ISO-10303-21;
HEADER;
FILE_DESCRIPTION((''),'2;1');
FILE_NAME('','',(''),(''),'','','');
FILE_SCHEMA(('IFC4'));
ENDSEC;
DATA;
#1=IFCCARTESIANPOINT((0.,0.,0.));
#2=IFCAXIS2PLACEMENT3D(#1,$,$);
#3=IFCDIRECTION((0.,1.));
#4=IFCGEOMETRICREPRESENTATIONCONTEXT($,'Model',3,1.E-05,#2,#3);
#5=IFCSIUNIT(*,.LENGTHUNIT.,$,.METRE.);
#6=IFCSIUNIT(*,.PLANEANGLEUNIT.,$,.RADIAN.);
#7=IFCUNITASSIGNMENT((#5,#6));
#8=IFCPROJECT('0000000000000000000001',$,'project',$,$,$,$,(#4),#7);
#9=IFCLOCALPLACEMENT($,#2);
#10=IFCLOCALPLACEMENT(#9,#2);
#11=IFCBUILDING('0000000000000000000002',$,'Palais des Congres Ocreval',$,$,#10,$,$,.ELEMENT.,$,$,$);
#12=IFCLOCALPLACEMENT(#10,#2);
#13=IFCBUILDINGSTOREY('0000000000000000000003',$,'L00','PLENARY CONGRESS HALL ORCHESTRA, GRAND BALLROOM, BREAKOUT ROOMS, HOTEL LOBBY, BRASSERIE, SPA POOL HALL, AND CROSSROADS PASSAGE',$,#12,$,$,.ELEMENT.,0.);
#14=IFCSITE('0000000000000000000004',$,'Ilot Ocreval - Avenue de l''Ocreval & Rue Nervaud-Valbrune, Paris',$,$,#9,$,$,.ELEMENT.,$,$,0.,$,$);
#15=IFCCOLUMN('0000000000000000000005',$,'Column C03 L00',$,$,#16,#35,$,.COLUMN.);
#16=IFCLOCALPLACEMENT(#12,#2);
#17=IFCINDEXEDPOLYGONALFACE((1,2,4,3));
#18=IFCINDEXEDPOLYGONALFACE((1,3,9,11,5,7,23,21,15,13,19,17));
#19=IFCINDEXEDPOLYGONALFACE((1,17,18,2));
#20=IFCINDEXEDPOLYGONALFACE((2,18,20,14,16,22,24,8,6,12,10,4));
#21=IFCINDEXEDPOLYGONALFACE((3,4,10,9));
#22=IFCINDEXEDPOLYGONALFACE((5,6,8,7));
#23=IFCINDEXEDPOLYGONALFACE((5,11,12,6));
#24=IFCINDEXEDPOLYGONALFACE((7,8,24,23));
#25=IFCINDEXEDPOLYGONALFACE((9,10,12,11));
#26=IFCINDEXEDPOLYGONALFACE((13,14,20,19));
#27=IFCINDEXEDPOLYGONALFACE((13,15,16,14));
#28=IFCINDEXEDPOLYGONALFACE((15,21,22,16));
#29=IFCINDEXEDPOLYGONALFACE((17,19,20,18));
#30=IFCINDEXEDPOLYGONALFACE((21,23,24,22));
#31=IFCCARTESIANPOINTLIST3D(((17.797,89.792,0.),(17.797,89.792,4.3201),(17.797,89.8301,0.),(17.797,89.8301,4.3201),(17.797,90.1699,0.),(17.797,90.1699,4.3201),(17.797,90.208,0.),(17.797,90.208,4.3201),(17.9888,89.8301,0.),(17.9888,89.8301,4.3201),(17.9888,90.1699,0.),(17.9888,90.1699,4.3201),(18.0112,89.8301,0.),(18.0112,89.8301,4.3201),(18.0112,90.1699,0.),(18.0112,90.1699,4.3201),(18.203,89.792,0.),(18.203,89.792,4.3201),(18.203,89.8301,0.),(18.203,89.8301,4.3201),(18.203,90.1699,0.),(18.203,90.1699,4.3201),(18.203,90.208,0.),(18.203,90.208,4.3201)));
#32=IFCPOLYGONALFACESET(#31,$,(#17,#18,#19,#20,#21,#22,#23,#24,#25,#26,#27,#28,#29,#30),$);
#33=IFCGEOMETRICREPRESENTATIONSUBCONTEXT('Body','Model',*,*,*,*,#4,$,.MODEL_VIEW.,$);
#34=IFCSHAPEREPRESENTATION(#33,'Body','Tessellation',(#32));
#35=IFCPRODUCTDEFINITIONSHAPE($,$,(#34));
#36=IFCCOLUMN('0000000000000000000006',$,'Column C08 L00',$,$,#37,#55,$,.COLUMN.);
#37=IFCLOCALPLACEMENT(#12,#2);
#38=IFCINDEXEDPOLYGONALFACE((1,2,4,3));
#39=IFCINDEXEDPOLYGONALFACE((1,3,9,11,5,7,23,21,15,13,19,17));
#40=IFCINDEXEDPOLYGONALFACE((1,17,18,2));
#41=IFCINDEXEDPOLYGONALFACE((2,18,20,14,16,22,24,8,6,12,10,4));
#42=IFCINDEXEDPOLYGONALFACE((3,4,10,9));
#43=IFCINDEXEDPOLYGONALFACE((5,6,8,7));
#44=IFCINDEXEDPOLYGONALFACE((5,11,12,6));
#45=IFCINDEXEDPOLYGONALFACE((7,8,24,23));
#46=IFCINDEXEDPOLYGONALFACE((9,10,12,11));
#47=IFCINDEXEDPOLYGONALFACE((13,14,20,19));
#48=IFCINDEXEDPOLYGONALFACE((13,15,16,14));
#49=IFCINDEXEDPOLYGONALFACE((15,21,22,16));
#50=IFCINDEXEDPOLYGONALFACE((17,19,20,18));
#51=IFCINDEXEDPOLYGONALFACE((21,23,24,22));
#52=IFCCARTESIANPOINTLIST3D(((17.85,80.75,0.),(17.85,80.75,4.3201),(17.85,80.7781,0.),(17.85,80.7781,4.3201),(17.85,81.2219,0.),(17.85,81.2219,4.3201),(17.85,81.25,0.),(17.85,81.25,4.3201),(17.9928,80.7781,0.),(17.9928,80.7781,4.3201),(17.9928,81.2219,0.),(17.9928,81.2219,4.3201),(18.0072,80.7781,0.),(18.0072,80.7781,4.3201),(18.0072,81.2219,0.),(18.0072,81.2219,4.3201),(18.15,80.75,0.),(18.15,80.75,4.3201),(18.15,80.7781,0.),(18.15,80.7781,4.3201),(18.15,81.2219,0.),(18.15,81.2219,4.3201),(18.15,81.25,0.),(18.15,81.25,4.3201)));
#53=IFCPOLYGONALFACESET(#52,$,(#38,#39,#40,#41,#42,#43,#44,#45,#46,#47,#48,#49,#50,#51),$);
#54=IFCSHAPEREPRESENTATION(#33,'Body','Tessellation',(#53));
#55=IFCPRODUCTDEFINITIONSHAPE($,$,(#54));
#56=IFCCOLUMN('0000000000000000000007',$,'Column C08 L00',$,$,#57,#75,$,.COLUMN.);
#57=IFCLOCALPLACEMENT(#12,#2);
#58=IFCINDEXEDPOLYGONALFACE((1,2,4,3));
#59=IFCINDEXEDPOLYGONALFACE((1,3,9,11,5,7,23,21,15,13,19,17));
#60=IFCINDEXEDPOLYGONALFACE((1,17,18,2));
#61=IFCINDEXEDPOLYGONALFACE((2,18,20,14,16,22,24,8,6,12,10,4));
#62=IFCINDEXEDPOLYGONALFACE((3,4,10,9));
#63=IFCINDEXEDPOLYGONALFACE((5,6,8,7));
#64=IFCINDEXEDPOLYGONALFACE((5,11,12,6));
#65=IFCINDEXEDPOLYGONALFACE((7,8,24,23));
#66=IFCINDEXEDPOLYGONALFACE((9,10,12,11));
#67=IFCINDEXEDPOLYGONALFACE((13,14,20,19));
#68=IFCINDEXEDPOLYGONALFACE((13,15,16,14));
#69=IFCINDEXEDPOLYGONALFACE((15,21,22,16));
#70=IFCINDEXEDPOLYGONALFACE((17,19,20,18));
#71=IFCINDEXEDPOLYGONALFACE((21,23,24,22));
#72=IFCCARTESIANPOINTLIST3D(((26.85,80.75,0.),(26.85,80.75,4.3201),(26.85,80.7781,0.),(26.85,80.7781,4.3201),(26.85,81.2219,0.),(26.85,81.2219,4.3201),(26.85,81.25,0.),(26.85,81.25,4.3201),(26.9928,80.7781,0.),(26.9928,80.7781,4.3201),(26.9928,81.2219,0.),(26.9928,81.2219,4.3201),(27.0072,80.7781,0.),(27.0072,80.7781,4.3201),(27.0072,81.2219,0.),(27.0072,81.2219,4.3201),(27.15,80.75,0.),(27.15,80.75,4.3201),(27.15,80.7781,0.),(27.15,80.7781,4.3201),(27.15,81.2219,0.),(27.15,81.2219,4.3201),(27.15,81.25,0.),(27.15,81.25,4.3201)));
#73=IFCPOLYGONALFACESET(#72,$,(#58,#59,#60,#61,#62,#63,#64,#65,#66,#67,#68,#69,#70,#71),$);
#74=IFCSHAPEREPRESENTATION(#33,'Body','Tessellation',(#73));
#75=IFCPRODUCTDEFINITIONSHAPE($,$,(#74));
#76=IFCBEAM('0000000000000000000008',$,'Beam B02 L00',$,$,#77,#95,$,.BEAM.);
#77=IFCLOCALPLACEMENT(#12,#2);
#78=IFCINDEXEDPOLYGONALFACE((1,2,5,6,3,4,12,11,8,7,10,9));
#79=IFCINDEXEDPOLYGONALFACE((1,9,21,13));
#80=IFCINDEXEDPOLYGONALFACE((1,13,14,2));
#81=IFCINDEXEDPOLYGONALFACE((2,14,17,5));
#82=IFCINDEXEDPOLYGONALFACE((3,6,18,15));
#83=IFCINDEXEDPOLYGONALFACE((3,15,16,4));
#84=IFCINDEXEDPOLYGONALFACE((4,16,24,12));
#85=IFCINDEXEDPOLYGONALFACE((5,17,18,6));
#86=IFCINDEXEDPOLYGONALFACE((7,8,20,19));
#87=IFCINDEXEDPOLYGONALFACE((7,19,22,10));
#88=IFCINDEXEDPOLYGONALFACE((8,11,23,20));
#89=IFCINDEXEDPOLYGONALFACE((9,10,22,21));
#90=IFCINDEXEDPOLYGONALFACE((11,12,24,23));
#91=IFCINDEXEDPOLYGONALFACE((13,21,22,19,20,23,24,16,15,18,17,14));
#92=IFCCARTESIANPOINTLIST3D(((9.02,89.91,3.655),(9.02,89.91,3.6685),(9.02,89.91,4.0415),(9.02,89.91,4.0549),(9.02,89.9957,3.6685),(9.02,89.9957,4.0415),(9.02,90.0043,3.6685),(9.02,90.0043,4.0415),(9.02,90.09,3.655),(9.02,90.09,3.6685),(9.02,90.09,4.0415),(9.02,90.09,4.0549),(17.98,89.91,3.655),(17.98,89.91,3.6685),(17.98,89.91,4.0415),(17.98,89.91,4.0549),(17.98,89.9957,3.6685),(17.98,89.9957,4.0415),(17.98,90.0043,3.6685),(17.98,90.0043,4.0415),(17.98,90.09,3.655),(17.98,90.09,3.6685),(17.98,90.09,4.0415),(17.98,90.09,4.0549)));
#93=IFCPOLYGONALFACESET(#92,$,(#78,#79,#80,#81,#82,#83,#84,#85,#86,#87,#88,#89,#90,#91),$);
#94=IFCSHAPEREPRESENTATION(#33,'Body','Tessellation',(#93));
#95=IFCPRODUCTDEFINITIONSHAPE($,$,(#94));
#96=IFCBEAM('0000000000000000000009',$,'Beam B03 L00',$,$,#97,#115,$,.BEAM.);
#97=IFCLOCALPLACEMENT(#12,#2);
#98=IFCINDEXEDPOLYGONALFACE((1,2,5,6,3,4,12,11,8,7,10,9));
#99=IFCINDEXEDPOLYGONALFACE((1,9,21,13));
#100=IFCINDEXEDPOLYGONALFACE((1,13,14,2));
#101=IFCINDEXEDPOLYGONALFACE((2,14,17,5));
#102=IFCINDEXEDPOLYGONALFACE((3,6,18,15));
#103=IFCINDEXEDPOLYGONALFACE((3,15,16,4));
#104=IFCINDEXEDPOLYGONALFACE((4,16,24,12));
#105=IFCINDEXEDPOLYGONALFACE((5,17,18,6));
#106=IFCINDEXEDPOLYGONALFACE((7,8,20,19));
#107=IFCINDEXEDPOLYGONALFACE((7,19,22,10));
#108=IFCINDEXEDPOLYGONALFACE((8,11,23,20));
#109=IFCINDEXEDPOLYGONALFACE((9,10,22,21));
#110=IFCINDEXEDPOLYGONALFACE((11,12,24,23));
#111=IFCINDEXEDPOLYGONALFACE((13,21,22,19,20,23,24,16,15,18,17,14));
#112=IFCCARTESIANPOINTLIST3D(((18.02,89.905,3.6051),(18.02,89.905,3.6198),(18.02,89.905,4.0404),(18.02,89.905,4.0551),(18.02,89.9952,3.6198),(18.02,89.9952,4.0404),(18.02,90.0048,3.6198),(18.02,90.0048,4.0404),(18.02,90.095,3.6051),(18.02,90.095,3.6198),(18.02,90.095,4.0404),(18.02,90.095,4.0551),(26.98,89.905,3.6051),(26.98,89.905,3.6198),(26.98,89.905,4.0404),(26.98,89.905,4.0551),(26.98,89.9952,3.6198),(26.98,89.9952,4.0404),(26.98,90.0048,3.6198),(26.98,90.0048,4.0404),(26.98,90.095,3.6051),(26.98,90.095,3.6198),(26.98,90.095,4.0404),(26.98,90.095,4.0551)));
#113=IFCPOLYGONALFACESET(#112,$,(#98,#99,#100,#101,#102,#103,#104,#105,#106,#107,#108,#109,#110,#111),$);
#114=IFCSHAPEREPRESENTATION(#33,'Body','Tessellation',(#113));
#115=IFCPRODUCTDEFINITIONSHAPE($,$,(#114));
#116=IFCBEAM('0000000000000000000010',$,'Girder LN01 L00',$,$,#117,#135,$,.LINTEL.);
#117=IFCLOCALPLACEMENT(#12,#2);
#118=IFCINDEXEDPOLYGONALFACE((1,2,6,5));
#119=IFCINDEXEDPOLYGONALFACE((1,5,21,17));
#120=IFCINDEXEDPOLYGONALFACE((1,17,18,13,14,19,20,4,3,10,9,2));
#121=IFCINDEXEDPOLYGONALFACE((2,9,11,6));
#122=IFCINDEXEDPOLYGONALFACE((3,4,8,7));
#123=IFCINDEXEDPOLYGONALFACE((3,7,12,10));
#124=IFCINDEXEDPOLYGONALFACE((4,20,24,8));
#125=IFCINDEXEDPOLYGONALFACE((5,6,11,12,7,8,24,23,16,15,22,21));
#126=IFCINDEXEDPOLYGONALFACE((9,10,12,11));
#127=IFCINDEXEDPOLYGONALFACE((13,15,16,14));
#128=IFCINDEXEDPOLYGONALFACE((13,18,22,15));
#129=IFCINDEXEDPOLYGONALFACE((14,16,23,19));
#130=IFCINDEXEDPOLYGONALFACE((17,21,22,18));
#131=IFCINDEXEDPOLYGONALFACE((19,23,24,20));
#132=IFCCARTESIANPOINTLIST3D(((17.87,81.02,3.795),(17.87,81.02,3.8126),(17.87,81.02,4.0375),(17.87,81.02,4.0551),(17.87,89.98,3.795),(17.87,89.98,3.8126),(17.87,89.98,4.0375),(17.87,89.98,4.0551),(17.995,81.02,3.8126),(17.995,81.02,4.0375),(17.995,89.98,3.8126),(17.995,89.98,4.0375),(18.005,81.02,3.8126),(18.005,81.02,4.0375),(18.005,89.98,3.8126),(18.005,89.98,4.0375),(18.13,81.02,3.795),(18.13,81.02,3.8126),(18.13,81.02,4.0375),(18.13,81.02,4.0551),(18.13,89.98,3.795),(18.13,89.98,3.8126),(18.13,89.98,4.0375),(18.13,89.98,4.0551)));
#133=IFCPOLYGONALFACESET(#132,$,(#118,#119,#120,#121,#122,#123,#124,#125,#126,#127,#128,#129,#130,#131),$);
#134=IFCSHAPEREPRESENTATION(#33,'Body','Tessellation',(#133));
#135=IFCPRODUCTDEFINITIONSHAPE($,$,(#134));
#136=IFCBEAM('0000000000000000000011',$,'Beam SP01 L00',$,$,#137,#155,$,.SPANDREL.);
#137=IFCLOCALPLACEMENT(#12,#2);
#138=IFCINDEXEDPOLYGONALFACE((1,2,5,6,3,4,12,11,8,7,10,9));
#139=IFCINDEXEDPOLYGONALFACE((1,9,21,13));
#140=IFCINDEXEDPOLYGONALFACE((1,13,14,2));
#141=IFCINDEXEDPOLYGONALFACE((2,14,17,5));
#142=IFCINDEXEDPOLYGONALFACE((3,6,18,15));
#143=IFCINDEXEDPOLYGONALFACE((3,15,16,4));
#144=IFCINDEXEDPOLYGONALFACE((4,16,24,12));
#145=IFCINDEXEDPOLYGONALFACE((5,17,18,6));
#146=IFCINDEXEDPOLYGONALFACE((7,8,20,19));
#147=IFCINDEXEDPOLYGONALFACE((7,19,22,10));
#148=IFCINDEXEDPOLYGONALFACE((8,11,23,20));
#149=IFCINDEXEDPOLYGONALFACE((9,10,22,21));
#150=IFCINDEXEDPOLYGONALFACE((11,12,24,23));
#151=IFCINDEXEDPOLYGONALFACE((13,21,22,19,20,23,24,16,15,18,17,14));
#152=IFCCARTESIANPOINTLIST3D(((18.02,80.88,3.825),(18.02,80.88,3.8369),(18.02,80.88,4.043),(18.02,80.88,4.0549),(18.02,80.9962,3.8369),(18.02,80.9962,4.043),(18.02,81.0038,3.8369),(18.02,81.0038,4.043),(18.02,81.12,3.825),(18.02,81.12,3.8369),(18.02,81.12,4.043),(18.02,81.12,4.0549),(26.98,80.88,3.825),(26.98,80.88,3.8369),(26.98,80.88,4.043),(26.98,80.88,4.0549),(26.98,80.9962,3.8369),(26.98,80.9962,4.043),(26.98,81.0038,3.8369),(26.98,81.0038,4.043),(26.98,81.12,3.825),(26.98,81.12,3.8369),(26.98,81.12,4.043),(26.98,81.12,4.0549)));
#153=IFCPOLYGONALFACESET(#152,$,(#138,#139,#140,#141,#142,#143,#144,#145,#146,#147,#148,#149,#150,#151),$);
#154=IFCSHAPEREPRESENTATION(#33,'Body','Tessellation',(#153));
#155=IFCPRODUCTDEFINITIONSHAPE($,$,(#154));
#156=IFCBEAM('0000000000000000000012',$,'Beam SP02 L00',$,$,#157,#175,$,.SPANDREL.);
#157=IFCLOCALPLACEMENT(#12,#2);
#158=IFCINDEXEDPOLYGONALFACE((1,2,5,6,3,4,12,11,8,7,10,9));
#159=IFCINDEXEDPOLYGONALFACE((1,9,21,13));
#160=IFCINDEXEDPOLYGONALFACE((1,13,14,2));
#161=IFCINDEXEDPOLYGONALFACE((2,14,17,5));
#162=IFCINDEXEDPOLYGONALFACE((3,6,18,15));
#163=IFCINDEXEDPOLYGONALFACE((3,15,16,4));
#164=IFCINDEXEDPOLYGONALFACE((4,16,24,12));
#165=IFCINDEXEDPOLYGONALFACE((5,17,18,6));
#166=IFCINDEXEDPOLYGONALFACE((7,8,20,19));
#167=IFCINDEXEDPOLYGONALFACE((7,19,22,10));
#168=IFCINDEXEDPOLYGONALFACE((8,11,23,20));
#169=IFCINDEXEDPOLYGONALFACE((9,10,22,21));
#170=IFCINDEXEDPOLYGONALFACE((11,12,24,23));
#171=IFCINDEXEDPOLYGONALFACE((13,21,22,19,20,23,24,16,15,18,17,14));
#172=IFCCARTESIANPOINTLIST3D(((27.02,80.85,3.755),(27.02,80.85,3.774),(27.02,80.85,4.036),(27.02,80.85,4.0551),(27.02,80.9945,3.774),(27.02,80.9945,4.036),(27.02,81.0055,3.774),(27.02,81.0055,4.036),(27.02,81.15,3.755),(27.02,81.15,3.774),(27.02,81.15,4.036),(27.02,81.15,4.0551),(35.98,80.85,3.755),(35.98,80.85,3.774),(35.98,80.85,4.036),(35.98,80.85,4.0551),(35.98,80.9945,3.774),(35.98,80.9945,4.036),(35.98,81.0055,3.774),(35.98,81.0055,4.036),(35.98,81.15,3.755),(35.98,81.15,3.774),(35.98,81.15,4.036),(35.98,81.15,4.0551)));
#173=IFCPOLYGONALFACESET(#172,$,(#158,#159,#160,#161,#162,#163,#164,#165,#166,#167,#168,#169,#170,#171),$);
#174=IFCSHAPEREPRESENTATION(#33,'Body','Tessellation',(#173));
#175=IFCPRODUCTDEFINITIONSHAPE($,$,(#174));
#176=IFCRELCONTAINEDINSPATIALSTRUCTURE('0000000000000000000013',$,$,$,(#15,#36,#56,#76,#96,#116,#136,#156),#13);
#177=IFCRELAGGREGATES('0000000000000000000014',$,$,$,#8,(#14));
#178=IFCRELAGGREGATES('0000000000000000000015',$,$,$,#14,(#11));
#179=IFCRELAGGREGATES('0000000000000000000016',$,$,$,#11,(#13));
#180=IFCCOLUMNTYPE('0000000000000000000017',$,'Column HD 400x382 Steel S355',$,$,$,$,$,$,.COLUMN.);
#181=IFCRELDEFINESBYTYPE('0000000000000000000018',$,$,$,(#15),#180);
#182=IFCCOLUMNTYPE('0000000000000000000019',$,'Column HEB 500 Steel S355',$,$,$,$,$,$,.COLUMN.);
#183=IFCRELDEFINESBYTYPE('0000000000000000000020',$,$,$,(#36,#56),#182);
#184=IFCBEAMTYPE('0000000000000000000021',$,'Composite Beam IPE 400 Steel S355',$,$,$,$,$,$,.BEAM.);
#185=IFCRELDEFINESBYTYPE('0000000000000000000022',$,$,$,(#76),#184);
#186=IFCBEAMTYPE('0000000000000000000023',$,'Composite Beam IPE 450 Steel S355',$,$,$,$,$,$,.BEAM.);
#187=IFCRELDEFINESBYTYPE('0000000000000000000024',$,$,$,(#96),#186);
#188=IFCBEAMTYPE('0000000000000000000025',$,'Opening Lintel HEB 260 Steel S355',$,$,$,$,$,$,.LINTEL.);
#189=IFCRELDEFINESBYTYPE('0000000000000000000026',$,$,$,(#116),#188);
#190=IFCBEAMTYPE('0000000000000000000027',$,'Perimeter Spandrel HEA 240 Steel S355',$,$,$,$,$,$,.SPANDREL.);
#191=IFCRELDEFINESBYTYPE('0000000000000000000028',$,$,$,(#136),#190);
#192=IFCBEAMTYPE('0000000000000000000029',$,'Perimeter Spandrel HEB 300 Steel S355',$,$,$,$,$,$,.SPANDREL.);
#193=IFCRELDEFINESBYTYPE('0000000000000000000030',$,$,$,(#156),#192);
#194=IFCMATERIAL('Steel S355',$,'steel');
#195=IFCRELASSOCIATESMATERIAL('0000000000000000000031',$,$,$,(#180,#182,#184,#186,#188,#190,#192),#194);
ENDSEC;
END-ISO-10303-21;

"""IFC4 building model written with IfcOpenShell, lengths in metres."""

from ifc_helpers import new_model, si_unit, direction, frame, origin, origin_2d, place, context, subcontext, project, spatial, i_section, extrude, material, material_profile, profile_set, type_object, element, save


model = new_model("IFC4")

# Units and contexts
model_context = context("Model", 3, precision=1e-05, world=origin(), true_north=direction((0.0, 1.0)))
body_context = subcontext(model_context, "Body", "Model", "MODEL_VIEW")
ifc_project = project(units=[si_unit("LENGTHUNIT", "METRE"), si_unit("PLANEANGLEUNIT", "RADIAN")], contexts=[model_context])

# Site, building, storey
site_placement = place(None, origin())
site = spatial("IfcSite", under=ifc_project, at=site_placement, Name="Ilot Ocreval - Avenue de l'Ocreval & Rue Nervaud-Valbrune, Paris", CompositionType="ELEMENT", RefElevation=0.0)
building_placement = place(site_placement, origin())
building = spatial("IfcBuilding", under=site, at=building_placement, Name="Palais des Congres Ocreval", CompositionType="ELEMENT")
storey_placement = place(building_placement, origin())
storey = spatial("IfcBuildingStorey", under=building, at=storey_placement, Name="L00", Description="PLENARY CONGRESS HALL ORCHESTRA, GRAND BALLROOM, BREAKOUT ROOMS, HOTEL LOBBY, BRASSERIE, SPA POOL HALL, AND CROSSROADS PASSAGE", CompositionType="ELEMENT", Elevation=0.0)

# Columns
ifc_material_1 = material(Name="Steel S355", Category="steel")
ifc_material_profile_1 = material_profile(ifc_material_1, i_section(OverallWidth=0.406, OverallDepth=0.416, WebThickness=0.0225, FlangeThickness=0.0381, at=origin_2d()), Name="HD 400x382")
ifc_profile_set_1 = profile_set([ifc_material_profile_1], Name="Steel S355")
column_type_1 = type_object("IfcColumnType", Name="Column HD 400x382 Steel S355", PredefinedType="COLUMN", material=ifc_profile_set_1)
column_placement = place(storey_placement, frame((18.0, 90.0, 0.0), z_axis=(0.0, 0.0, 1.0), x_axis=(1.0, 0.0, 0.0)))
element("IfcColumn", 1, at=column_placement, inside=storey, type_object=column_type_1, Name="Column C03 L00", PredefinedType="COLUMN", context=body_context, shape_type="SweptSolid", body=[
    extrude(i_section(OverallWidth=0.406, OverallDepth=0.416, WebThickness=0.0225, FlangeThickness=0.0381, at=origin_2d()), origin(), (0.0, 0.0, 1.0), 4.3201),
])
ifc_material_profile_2 = material_profile(ifc_material_1, i_section(OverallWidth=0.3, OverallDepth=0.5, WebThickness=0.0144, FlangeThickness=0.0281, at=origin_2d()), Name="HEB 500")
ifc_profile_set_2 = profile_set([ifc_material_profile_2], Name="Steel S355")
column_type_2 = type_object("IfcColumnType", Name="Column HEB 500 Steel S355", PredefinedType="COLUMN", material=ifc_profile_set_2)
for number, where, z_axis, x_axis, name in (
    (2, (18.0, 81.0, 0.0), (0.0, 0.0, 1.0), (1.0, 0.0, 0.0), "Column C08 L00"),
    (3, (27.0, 81.0, 0.0), (0.0, 0.0, 1.0), (1.0, 0.0, 0.0), "Column C08 L00"),
):
    element("IfcColumn", number, at=place(storey_placement, frame(where, z_axis=z_axis, x_axis=x_axis)), inside=storey, type_object=column_type_2, Name=name, PredefinedType="COLUMN", context=body_context, shape_type="SweptSolid", body=[
        extrude(i_section(OverallWidth=0.3, OverallDepth=0.5, WebThickness=0.0144, FlangeThickness=0.0281, at=origin_2d()), origin(), (0.0, 0.0, 1.0), 4.3201),
    ])

# Beams
ifc_material_profile_3 = material_profile(ifc_material_1, i_section(OverallWidth=0.1799, OverallDepth=0.3999, WebThickness=0.0085, FlangeThickness=0.0134, at=origin_2d()), Name="IPE 400")
ifc_profile_set_3 = profile_set([ifc_material_profile_3], Name="Steel S355")
beam_type_1 = type_object("IfcBeamType", Name="Composite Beam IPE 400 Steel S355", PredefinedType="BEAM", material=ifc_profile_set_3)
beam_1_placement = place(storey_placement, frame((9.02, 90.0, 3.855), z_axis=(1.0, 0.0, 0.0), x_axis=(0.0, 1.0, 0.0)))
element("IfcBeam", 4, at=beam_1_placement, inside=storey, type_object=beam_type_1, Name="Beam B02 L00", PredefinedType="BEAM", context=body_context, shape_type="SweptSolid", body=[
    extrude(i_section(OverallWidth=0.1799, OverallDepth=0.3999, WebThickness=0.0085, FlangeThickness=0.0134, at=origin_2d()), origin(), (0.0, 0.0, 1.0), 8.96),
])
ifc_material_profile_4 = material_profile(ifc_material_1, i_section(OverallWidth=0.1899, OverallDepth=0.45, WebThickness=0.0095, FlangeThickness=0.0146, at=origin_2d()), Name="IPE 450")
ifc_profile_set_4 = profile_set([ifc_material_profile_4], Name="Steel S355")
beam_type_2 = type_object("IfcBeamType", Name="Composite Beam IPE 450 Steel S355", PredefinedType="BEAM", material=ifc_profile_set_4)
beam_2_placement = place(storey_placement, frame((18.02, 90.0, 3.8301), z_axis=(1.0, 0.0, 0.0), x_axis=(0.0, 1.0, 0.0)))
element("IfcBeam", 5, at=beam_2_placement, inside=storey, type_object=beam_type_2, Name="Beam B03 L00", PredefinedType="BEAM", context=body_context, shape_type="SweptSolid", body=[
    extrude(i_section(OverallWidth=0.1899, OverallDepth=0.45, WebThickness=0.0095, FlangeThickness=0.0146, at=origin_2d()), origin(), (0.0, 0.0, 1.0), 8.96),
])
ifc_material_profile_5 = material_profile(ifc_material_1, i_section(OverallWidth=0.26, OverallDepth=0.26, WebThickness=0.01, FlangeThickness=0.0176, at=origin_2d()), Name="HEB 260")
ifc_profile_set_5 = profile_set([ifc_material_profile_5], Name="Steel S355")
beam_type_3 = type_object("IfcBeamType", Name="Opening Lintel HEB 260 Steel S355", PredefinedType="LINTEL", material=ifc_profile_set_5)
beam_3_placement = place(storey_placement, frame((18.0, 81.02, 3.925), z_axis=(0.0, 1.0, 0.0), x_axis=(-1.0, 0.0, 0.0)))
element("IfcBeam", 6, at=beam_3_placement, inside=storey, type_object=beam_type_3, Name="Girder LN01 L00", PredefinedType="LINTEL", context=body_context, shape_type="SweptSolid", body=[
    extrude(i_section(OverallWidth=0.26, OverallDepth=0.26, WebThickness=0.01, FlangeThickness=0.0176, at=origin_2d()), origin(), (0.0, 0.0, 1.0), 8.96),
])
ifc_material_profile_6 = material_profile(ifc_material_1, i_section(OverallWidth=0.24, OverallDepth=0.23, WebThickness=0.0076, FlangeThickness=0.012, at=origin_2d()), Name="HEA 240")
ifc_profile_set_6 = profile_set([ifc_material_profile_6], Name="Steel S355")
beam_type_4 = type_object("IfcBeamType", Name="Perimeter Spandrel HEA 240 Steel S355", PredefinedType="SPANDREL", material=ifc_profile_set_6)
beam_4_placement = place(storey_placement, frame((18.02, 81.0, 3.9399), z_axis=(1.0, 0.0, 0.0), x_axis=(0.0, 1.0, 0.0)))
element("IfcBeam", 7, at=beam_4_placement, inside=storey, type_object=beam_type_4, Name="Beam SP01 L00", PredefinedType="SPANDREL", context=body_context, shape_type="SweptSolid", body=[
    extrude(i_section(OverallWidth=0.24, OverallDepth=0.23, WebThickness=0.0076, FlangeThickness=0.012, at=origin_2d()), origin(), (0.0, 0.0, 1.0), 8.96),
])
ifc_material_profile_7 = material_profile(ifc_material_1, i_section(OverallWidth=0.3, OverallDepth=0.3, WebThickness=0.011, FlangeThickness=0.019, at=origin_2d()), Name="HEB 300")
ifc_profile_set_7 = profile_set([ifc_material_profile_7], Name="Steel S355")
beam_type_5 = type_object("IfcBeamType", Name="Perimeter Spandrel HEB 300 Steel S355", PredefinedType="SPANDREL", material=ifc_profile_set_7)
beam_5_placement = place(storey_placement, frame((27.02, 81.0, 3.905), z_axis=(1.0, 0.0, 0.0), x_axis=(0.0, 1.0, 0.0)))
element("IfcBeam", 8, at=beam_5_placement, inside=storey, type_object=beam_type_5, Name="Beam SP02 L00", PredefinedType="SPANDREL", context=body_context, shape_type="SweptSolid", body=[
    extrude(i_section(OverallWidth=0.3, OverallDepth=0.3, WebThickness=0.011, FlangeThickness=0.019, at=origin_2d()), origin(), (0.0, 0.0, 1.0), 8.96),
])

save(model, "model.ifc")
